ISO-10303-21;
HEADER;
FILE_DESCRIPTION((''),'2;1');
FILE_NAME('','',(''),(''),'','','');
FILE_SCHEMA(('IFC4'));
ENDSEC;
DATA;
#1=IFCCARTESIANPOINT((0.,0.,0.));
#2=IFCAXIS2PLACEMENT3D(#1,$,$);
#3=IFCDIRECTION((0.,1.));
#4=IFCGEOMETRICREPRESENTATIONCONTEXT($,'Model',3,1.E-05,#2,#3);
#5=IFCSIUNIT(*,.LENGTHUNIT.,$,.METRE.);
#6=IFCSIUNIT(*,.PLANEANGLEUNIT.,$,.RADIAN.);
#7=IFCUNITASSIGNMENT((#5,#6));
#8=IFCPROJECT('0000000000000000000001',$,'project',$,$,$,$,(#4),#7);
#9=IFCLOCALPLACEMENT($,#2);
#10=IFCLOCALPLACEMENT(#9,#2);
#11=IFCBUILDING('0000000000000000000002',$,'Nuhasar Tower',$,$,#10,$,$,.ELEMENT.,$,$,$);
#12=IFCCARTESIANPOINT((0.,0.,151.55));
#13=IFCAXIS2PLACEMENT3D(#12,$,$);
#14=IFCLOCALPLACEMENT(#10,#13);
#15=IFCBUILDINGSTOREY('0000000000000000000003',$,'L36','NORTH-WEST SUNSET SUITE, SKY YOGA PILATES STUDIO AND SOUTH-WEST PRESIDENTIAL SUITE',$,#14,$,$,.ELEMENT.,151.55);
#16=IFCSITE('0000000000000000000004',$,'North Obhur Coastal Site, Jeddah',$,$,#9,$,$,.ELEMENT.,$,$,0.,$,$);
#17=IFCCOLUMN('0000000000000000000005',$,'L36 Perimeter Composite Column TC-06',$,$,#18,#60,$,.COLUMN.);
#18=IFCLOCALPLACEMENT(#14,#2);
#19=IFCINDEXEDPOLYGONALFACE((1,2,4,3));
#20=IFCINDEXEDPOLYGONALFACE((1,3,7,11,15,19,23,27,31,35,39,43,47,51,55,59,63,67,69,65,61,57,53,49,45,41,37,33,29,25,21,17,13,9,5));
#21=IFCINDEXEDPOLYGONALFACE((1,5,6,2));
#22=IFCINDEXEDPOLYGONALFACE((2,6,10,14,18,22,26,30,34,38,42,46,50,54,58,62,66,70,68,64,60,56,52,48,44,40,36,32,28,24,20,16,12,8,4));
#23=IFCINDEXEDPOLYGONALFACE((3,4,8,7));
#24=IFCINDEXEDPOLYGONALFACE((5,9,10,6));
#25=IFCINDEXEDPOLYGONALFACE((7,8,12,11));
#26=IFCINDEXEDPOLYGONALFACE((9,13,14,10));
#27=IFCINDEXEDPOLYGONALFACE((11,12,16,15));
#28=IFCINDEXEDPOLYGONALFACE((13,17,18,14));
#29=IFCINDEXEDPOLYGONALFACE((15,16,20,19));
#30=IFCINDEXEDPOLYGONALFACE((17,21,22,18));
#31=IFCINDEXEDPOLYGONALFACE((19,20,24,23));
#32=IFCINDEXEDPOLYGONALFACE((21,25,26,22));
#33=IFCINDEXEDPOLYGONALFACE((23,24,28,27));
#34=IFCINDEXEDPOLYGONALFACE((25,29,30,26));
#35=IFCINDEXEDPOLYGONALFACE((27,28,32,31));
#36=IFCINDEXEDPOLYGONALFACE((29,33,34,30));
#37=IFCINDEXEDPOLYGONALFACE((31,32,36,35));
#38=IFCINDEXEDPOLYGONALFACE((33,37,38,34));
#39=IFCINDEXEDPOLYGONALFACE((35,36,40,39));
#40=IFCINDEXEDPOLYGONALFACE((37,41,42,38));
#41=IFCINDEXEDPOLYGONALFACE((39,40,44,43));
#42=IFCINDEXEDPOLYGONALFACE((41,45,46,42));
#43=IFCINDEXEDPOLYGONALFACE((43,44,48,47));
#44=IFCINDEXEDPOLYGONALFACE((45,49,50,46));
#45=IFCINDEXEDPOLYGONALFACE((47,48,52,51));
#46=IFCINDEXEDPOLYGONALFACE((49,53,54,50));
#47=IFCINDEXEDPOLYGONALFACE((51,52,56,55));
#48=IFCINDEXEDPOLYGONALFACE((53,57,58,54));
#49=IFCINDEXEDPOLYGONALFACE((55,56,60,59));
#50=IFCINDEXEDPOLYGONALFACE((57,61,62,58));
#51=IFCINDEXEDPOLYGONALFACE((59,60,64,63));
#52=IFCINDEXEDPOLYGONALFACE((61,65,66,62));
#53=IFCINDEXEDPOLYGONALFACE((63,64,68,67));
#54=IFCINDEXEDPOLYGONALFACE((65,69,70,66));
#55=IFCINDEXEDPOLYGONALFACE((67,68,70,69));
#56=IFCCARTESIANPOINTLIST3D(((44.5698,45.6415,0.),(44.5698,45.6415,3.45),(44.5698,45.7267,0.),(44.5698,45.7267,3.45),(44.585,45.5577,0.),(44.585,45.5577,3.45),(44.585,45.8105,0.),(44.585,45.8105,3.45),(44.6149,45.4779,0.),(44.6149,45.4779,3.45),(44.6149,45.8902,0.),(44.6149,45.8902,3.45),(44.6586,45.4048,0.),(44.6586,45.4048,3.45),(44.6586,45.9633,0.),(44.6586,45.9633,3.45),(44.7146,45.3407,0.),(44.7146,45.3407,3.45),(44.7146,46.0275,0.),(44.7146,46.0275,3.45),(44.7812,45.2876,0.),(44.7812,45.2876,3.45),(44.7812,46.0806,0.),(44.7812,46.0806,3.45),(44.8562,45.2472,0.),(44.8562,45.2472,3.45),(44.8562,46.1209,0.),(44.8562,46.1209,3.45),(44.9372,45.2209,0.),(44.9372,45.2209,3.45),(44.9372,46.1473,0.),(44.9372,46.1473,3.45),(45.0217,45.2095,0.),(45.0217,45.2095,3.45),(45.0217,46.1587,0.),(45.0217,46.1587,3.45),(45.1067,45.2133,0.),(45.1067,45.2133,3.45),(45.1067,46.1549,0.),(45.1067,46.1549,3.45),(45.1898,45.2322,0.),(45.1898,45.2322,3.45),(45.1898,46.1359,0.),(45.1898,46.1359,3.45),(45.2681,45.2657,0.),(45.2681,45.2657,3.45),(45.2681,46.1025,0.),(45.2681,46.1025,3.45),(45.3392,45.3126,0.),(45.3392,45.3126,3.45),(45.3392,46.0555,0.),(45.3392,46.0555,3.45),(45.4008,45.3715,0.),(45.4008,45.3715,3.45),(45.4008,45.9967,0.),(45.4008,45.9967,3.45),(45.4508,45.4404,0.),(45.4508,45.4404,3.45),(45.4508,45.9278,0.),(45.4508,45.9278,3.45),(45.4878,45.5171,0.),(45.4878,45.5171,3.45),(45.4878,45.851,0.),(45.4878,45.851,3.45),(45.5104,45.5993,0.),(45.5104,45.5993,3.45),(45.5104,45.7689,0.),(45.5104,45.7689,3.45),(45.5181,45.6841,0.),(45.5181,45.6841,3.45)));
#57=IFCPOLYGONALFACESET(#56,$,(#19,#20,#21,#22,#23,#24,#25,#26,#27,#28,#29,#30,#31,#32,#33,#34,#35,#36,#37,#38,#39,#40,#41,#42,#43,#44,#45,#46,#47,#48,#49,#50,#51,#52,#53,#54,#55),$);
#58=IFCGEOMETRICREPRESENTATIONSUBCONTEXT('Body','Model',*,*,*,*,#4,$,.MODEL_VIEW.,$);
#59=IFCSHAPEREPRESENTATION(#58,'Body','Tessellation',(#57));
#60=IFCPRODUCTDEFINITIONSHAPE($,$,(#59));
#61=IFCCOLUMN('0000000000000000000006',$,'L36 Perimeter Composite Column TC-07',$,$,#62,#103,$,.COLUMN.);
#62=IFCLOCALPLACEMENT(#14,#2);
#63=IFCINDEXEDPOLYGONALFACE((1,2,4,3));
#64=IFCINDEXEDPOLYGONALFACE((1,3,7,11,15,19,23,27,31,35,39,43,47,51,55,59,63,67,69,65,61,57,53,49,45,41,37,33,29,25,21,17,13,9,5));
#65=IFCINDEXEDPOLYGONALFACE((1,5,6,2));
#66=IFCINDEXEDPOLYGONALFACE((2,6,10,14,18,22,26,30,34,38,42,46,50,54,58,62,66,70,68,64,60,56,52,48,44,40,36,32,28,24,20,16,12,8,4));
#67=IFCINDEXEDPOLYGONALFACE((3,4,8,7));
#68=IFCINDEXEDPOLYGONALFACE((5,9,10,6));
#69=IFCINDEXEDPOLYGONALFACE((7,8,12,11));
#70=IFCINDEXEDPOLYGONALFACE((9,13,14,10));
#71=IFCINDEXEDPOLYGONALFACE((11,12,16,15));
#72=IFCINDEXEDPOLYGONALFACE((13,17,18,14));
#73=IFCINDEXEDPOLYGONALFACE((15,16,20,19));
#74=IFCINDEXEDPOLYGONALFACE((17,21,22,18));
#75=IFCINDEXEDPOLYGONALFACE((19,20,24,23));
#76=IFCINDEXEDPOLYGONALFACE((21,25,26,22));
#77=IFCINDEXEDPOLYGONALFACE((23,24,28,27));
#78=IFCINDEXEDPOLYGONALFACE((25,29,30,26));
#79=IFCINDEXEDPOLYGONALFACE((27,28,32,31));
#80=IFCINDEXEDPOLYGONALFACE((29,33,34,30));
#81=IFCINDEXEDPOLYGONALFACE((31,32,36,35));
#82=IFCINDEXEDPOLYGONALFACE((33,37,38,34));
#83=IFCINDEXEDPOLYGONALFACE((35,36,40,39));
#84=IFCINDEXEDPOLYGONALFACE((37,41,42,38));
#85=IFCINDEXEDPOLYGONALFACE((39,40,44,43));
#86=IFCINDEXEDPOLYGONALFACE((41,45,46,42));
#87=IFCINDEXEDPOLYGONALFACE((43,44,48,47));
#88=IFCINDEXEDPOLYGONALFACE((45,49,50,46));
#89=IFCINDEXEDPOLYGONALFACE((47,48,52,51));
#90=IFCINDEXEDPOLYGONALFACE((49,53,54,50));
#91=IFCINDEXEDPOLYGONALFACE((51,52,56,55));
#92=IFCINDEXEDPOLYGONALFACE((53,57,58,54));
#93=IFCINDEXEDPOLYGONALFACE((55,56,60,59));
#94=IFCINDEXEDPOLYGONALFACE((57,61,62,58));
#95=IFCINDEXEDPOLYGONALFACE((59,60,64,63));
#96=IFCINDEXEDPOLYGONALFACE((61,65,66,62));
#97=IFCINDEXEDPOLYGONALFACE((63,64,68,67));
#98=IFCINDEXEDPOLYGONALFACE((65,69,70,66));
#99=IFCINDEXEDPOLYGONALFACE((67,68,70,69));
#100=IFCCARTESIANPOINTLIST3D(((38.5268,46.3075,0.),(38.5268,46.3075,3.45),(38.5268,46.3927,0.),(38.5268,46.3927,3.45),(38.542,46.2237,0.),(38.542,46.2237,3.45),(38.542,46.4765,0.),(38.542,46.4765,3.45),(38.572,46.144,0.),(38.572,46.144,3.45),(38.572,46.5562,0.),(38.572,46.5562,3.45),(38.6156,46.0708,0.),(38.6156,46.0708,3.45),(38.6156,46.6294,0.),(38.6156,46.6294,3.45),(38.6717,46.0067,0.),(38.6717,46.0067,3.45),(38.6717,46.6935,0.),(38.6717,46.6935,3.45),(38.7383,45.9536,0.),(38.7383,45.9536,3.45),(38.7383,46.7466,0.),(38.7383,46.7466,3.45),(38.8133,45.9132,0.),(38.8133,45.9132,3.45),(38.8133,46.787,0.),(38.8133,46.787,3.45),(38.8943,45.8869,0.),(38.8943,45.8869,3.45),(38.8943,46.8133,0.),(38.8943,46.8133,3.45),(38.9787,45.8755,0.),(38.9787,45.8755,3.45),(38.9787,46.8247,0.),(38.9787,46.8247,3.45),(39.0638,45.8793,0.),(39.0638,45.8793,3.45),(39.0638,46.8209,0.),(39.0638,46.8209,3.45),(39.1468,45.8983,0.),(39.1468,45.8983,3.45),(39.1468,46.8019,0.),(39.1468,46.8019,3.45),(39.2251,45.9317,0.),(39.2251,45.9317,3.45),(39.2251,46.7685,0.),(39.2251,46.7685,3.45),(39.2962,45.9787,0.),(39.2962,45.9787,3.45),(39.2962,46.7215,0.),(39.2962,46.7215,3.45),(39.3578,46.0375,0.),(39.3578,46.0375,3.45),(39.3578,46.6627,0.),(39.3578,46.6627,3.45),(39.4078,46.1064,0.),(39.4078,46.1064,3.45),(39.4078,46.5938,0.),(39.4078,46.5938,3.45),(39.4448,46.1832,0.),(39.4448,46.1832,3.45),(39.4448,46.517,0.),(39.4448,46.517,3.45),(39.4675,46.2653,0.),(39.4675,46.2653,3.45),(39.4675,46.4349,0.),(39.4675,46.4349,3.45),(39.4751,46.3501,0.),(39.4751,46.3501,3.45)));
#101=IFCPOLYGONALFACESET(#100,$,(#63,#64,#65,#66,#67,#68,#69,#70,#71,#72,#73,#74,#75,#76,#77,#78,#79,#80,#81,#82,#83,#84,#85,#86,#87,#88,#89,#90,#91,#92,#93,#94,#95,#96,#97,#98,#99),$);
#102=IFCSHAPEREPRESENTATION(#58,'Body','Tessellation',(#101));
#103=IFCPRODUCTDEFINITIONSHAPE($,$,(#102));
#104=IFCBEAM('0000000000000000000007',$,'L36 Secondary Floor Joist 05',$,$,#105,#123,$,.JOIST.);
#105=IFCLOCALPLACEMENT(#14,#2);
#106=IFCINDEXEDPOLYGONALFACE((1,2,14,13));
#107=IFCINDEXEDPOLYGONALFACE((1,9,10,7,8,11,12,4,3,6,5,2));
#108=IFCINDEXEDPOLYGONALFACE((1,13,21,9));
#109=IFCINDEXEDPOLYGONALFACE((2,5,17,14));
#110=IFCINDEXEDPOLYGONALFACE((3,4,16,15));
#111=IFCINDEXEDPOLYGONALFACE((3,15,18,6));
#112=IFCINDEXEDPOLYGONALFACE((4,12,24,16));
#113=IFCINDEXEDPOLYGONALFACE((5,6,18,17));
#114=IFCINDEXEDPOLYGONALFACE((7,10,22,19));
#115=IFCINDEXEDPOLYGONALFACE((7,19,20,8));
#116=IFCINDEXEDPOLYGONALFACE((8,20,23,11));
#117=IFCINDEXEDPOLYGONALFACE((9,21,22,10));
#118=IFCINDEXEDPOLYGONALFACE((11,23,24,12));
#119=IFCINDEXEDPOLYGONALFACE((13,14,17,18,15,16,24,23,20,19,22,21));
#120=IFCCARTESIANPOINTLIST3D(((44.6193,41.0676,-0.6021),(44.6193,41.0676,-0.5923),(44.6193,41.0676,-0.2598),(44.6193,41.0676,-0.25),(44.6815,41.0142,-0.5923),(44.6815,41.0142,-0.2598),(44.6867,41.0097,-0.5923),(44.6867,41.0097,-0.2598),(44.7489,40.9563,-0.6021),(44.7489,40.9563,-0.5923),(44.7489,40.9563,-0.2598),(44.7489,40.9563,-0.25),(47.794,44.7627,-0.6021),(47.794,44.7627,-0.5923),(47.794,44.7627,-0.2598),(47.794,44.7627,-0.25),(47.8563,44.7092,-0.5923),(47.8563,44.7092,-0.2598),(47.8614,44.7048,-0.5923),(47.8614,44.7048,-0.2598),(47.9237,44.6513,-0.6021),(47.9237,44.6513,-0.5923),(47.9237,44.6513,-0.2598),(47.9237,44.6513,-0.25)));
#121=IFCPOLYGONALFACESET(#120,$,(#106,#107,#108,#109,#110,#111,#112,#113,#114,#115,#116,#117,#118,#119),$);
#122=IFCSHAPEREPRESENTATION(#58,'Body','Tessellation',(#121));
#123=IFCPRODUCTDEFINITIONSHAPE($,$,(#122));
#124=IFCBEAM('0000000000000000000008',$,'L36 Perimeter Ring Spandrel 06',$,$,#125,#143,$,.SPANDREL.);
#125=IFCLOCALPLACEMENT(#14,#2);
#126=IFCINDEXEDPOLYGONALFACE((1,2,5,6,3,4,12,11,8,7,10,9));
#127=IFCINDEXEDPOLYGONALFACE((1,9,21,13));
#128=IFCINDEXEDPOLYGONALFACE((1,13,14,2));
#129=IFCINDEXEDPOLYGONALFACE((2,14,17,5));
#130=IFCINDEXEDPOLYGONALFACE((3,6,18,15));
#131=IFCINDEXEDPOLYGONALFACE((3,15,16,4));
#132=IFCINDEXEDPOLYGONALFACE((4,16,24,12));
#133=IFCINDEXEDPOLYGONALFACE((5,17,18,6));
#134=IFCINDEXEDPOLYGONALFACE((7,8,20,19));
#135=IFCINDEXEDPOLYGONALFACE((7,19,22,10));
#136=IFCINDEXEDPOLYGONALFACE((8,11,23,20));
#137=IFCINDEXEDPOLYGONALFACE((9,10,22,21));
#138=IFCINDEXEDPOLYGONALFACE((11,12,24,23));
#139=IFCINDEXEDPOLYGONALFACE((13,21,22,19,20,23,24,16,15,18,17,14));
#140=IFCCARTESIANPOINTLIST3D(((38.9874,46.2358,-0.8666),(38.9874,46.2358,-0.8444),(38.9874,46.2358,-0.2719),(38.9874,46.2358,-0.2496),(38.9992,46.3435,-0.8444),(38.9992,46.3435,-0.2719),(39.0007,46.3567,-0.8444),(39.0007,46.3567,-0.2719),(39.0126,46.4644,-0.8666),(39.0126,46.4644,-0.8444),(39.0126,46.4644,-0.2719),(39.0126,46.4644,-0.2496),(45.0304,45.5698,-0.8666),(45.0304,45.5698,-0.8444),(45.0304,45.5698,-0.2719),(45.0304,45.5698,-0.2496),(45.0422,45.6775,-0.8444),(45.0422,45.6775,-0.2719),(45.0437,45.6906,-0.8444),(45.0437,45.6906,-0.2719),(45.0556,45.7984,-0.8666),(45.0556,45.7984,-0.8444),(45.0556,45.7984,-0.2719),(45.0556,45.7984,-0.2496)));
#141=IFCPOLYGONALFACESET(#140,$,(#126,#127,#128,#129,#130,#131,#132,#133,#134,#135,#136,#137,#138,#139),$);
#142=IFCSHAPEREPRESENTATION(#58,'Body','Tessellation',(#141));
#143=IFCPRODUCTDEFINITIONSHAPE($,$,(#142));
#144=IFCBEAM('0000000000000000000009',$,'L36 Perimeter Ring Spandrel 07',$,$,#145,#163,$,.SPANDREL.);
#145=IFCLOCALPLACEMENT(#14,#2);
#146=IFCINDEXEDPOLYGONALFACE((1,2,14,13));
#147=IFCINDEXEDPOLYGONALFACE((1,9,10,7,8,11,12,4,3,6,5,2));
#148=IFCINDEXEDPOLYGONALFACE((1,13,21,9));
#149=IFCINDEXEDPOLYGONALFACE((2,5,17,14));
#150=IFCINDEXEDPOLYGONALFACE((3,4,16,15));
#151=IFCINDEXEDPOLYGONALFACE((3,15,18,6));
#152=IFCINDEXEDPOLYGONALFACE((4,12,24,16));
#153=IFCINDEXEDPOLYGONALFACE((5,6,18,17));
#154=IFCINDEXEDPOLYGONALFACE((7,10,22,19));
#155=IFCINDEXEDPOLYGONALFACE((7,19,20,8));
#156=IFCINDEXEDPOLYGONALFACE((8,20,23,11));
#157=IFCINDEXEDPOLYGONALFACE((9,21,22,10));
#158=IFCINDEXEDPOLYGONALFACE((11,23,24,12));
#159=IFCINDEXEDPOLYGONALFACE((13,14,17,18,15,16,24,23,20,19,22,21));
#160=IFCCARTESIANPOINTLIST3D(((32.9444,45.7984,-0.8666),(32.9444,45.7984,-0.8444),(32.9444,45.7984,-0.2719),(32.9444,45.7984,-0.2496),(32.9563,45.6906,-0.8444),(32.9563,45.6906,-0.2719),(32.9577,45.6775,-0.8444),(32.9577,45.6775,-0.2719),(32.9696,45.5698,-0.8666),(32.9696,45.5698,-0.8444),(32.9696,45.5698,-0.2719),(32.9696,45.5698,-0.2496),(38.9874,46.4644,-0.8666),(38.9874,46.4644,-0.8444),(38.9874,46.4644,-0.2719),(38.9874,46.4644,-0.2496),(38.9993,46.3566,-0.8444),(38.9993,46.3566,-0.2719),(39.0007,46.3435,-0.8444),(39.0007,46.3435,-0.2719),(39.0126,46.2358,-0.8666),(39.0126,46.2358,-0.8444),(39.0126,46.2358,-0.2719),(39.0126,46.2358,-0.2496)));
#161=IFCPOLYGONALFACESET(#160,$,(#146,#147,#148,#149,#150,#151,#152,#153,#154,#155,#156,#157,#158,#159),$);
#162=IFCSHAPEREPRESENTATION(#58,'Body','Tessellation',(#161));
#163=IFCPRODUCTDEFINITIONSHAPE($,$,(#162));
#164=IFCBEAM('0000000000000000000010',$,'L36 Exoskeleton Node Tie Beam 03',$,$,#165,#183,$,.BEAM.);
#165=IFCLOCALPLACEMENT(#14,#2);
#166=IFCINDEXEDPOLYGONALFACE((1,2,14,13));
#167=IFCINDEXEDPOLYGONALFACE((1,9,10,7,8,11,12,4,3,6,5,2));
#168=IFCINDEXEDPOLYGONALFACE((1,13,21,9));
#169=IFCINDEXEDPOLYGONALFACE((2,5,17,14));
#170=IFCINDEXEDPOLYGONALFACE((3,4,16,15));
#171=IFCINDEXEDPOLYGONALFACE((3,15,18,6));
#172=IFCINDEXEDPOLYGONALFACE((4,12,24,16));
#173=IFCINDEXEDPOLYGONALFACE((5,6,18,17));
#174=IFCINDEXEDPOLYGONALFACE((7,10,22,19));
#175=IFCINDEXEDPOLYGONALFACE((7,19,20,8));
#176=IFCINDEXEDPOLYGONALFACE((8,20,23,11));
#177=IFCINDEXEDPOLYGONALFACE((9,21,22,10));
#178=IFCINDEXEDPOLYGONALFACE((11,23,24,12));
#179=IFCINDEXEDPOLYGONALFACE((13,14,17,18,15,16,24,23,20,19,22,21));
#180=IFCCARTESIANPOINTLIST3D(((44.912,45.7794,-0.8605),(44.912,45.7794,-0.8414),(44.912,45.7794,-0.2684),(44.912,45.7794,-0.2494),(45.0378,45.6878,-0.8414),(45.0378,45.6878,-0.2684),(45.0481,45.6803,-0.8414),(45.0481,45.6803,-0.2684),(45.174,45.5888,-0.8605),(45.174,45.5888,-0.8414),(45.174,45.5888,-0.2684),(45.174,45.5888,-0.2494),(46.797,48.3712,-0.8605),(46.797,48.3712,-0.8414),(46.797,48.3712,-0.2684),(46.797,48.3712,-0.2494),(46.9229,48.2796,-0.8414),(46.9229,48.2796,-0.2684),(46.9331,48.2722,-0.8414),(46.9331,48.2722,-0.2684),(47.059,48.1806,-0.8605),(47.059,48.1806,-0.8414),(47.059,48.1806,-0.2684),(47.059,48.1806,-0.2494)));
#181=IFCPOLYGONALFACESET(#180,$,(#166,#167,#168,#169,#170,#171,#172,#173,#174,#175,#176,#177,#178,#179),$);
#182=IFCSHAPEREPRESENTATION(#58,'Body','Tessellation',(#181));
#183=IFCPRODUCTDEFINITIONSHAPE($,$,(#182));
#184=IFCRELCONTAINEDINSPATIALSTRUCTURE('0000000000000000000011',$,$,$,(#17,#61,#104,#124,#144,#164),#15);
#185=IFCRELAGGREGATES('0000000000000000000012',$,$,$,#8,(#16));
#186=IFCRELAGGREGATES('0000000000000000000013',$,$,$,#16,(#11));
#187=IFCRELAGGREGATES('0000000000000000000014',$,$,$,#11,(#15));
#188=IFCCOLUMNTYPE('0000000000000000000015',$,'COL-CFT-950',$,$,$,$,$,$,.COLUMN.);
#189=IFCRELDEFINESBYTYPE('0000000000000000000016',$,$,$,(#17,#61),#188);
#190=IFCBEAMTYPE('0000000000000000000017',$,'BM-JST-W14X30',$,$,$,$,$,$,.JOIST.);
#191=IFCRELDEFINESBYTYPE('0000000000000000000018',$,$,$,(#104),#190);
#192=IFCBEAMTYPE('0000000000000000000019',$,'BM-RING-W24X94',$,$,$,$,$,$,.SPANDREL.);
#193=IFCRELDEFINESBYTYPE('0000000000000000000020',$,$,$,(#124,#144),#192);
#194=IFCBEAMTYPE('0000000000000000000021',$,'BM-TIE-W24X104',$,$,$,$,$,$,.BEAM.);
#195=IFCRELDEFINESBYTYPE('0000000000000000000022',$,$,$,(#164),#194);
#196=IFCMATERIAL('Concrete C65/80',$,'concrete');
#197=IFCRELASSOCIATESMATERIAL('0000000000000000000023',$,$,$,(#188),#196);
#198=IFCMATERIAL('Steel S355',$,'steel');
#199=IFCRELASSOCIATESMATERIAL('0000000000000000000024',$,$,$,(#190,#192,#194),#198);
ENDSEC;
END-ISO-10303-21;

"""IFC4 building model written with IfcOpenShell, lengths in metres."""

from ifc_helpers import new_model, si_unit, direction, frame, origin, origin_2d, place, context, subcontext, project, spatial, circle, i_section, extrude, material, material_profile, profile_set, type_object, element, save


model = new_model("IFC4")

# Units and contexts
model_context = context("Model", 3, precision=1e-05, world=origin(), true_north=direction((0.0, 1.0)))
body_context = subcontext(model_context, "Body", "Model", "MODEL_VIEW")
ifc_project = project(units=[si_unit("LENGTHUNIT", "METRE"), si_unit("PLANEANGLEUNIT", "RADIAN")], contexts=[model_context])

# Site, building, storey
site_placement = place(None, origin())
site = spatial("IfcSite", under=ifc_project, at=site_placement, Name="North Obhur Coastal Site, Jeddah", CompositionType="ELEMENT", RefElevation=0.0)
building_placement = place(site_placement, origin())
building = spatial("IfcBuilding", under=site, at=building_placement, Name="Nuhasar Tower", CompositionType="ELEMENT")
storey_placement = place(building_placement, frame((0.0, 0.0, 151.55)))
storey = spatial("IfcBuildingStorey", under=building, at=storey_placement, Name="L36", Description="NORTH-WEST SUNSET SUITE, SKY YOGA PILATES STUDIO AND SOUTH-WEST PRESIDENTIAL SUITE", CompositionType="ELEMENT", Elevation=151.55)

# Columns
ifc_material_1 = material(Name="Concrete C65/80", Category="concrete")
ifc_material_profile_1 = material_profile(ifc_material_1, circle(Radius=0.4751, at=origin_2d()), Name="CFT950")
ifc_profile_set_1 = profile_set([ifc_material_profile_1], Name="Concrete C65/80")
column_type = type_object("IfcColumnType", Name="COL-CFT-950", PredefinedType="COLUMN", material=ifc_profile_set_1)
for number, where, z_axis, x_axis, name in (
    (1, (45.043, 45.6841, 0.0), (0.0, 0.0, 1.0), (1.0, 0.0, 0.0), "L36 Perimeter Composite Column TC-06"),
    (2, (39.0, 46.3501, 0.0), (0.0, 0.0, 1.0), (1.0, 0.0, 0.0), "L36 Perimeter Composite Column TC-07"),
):
    element("IfcColumn", number, at=place(storey_placement, frame(where, z_axis=z_axis, x_axis=x_axis)), inside=storey, type_object=column_type, Name=name, PredefinedType="COLUMN", context=body_context, shape_type="SweptSolid", body=[
        extrude(circle(Radius=0.4751, at=origin_2d()), origin(), (0.0, 0.0, 1.0), 3.45),
    ])

# Beams
ifc_material_2 = material(Name="Steel S355", Category="steel")
ifc_material_profile_2 = material_profile(ifc_material_2, i_section(OverallWidth=0.1709, OverallDepth=0.3521, WebThickness=0.0068, FlangeThickness=0.0098, at=origin_2d()), Name="W14X30")
ifc_profile_set_2 = profile_set([ifc_material_profile_2], Name="Steel S355")
beam_type_1 = type_object("IfcBeamType", Name="BM-JST-W14X30", PredefinedType="JOIST", material=ifc_profile_set_2)
beam_1_placement = place(storey_placement, frame((44.6841, 41.012, -0.426), z_axis=(0.651691, 0.758485, 0.0), x_axis=(-0.758485, 0.651691, 0.0)))
element("IfcBeam", 3, at=beam_1_placement, inside=storey, type_object=beam_type_1, Name="L36 Secondary Floor Joist 05", PredefinedType="JOIST", context=body_context, shape_type="SweptSolid", body=[
    extrude(i_section(OverallWidth=0.1709, OverallDepth=0.3521, WebThickness=0.0068, FlangeThickness=0.0098, at=origin_2d()), origin(), (0.0, 0.0, 1.0), 4.8716),
])
ifc_material_profile_3 = material_profile(ifc_material_2, i_section(OverallWidth=0.23, OverallDepth=0.6169, WebThickness=0.0132, FlangeThickness=0.0222, at=origin_2d()), Name="W24X94")
ifc_profile_set_3 = profile_set([ifc_material_profile_3], Name="Steel S355")
beam_type_2 = type_object("IfcBeamType", Name="BM-RING-W24X94", PredefinedType="SPANDREL", material=ifc_profile_set_3)
for number, where, z_axis, x_axis, name in (
    (4, (45.043, 45.6841, -0.5581), (-0.993981, 0.10955, 0.0), (-0.10955, -0.993981, 0.0), "L36 Perimeter Ring Spandrel 06"),
    (5, (39.0, 46.3501, -0.5581), (-0.993981, -0.10955, 0.0), (0.10955, -0.993981, 0.0), "L36 Perimeter Ring Spandrel 07"),
):
    element("IfcBeam", number, at=place(storey_placement, frame(where, z_axis=z_axis, x_axis=x_axis)), inside=storey, type_object=beam_type_2, Name=name, PredefinedType="SPANDREL", context=body_context, shape_type="SweptSolid", body=[
        extrude(i_section(OverallWidth=0.23, OverallDepth=0.6169, WebThickness=0.0132, FlangeThickness=0.0222, at=origin_2d()), origin(), (0.0, 0.0, 1.0), 6.0796),
    ])
ifc_material_profile_4 = material_profile(ifc_material_2, i_section(OverallWidth=0.324, OverallDepth=0.6111, WebThickness=0.0127, FlangeThickness=0.019, at=origin_2d()), Name="W24X104")
ifc_profile_set_4 = profile_set([ifc_material_profile_4], Name="Steel S355")
beam_type_3 = type_object("IfcBeamType", Name="BM-TIE-W24X104", PredefinedType="BEAM", material=ifc_profile_set_4)
beam_2_placement = place(storey_placement, frame((45.043, 45.6841, -0.5549), z_axis=(0.588185, 0.808726, 0.0), x_axis=(-0.808726, 0.588185, 0.0)))
element("IfcBeam", 6, at=beam_2_placement, inside=storey, type_object=beam_type_3, Name="L36 Exoskeleton Node Tie Beam 03", PredefinedType="BEAM", context=body_context, shape_type="SweptSolid", body=[
    extrude(i_section(OverallWidth=0.324, OverallDepth=0.6111, WebThickness=0.0127, FlangeThickness=0.019, at=origin_2d()), origin(), (0.0, 0.0, 1.0), 3.2048),
])

save(model, "model.ifc")
